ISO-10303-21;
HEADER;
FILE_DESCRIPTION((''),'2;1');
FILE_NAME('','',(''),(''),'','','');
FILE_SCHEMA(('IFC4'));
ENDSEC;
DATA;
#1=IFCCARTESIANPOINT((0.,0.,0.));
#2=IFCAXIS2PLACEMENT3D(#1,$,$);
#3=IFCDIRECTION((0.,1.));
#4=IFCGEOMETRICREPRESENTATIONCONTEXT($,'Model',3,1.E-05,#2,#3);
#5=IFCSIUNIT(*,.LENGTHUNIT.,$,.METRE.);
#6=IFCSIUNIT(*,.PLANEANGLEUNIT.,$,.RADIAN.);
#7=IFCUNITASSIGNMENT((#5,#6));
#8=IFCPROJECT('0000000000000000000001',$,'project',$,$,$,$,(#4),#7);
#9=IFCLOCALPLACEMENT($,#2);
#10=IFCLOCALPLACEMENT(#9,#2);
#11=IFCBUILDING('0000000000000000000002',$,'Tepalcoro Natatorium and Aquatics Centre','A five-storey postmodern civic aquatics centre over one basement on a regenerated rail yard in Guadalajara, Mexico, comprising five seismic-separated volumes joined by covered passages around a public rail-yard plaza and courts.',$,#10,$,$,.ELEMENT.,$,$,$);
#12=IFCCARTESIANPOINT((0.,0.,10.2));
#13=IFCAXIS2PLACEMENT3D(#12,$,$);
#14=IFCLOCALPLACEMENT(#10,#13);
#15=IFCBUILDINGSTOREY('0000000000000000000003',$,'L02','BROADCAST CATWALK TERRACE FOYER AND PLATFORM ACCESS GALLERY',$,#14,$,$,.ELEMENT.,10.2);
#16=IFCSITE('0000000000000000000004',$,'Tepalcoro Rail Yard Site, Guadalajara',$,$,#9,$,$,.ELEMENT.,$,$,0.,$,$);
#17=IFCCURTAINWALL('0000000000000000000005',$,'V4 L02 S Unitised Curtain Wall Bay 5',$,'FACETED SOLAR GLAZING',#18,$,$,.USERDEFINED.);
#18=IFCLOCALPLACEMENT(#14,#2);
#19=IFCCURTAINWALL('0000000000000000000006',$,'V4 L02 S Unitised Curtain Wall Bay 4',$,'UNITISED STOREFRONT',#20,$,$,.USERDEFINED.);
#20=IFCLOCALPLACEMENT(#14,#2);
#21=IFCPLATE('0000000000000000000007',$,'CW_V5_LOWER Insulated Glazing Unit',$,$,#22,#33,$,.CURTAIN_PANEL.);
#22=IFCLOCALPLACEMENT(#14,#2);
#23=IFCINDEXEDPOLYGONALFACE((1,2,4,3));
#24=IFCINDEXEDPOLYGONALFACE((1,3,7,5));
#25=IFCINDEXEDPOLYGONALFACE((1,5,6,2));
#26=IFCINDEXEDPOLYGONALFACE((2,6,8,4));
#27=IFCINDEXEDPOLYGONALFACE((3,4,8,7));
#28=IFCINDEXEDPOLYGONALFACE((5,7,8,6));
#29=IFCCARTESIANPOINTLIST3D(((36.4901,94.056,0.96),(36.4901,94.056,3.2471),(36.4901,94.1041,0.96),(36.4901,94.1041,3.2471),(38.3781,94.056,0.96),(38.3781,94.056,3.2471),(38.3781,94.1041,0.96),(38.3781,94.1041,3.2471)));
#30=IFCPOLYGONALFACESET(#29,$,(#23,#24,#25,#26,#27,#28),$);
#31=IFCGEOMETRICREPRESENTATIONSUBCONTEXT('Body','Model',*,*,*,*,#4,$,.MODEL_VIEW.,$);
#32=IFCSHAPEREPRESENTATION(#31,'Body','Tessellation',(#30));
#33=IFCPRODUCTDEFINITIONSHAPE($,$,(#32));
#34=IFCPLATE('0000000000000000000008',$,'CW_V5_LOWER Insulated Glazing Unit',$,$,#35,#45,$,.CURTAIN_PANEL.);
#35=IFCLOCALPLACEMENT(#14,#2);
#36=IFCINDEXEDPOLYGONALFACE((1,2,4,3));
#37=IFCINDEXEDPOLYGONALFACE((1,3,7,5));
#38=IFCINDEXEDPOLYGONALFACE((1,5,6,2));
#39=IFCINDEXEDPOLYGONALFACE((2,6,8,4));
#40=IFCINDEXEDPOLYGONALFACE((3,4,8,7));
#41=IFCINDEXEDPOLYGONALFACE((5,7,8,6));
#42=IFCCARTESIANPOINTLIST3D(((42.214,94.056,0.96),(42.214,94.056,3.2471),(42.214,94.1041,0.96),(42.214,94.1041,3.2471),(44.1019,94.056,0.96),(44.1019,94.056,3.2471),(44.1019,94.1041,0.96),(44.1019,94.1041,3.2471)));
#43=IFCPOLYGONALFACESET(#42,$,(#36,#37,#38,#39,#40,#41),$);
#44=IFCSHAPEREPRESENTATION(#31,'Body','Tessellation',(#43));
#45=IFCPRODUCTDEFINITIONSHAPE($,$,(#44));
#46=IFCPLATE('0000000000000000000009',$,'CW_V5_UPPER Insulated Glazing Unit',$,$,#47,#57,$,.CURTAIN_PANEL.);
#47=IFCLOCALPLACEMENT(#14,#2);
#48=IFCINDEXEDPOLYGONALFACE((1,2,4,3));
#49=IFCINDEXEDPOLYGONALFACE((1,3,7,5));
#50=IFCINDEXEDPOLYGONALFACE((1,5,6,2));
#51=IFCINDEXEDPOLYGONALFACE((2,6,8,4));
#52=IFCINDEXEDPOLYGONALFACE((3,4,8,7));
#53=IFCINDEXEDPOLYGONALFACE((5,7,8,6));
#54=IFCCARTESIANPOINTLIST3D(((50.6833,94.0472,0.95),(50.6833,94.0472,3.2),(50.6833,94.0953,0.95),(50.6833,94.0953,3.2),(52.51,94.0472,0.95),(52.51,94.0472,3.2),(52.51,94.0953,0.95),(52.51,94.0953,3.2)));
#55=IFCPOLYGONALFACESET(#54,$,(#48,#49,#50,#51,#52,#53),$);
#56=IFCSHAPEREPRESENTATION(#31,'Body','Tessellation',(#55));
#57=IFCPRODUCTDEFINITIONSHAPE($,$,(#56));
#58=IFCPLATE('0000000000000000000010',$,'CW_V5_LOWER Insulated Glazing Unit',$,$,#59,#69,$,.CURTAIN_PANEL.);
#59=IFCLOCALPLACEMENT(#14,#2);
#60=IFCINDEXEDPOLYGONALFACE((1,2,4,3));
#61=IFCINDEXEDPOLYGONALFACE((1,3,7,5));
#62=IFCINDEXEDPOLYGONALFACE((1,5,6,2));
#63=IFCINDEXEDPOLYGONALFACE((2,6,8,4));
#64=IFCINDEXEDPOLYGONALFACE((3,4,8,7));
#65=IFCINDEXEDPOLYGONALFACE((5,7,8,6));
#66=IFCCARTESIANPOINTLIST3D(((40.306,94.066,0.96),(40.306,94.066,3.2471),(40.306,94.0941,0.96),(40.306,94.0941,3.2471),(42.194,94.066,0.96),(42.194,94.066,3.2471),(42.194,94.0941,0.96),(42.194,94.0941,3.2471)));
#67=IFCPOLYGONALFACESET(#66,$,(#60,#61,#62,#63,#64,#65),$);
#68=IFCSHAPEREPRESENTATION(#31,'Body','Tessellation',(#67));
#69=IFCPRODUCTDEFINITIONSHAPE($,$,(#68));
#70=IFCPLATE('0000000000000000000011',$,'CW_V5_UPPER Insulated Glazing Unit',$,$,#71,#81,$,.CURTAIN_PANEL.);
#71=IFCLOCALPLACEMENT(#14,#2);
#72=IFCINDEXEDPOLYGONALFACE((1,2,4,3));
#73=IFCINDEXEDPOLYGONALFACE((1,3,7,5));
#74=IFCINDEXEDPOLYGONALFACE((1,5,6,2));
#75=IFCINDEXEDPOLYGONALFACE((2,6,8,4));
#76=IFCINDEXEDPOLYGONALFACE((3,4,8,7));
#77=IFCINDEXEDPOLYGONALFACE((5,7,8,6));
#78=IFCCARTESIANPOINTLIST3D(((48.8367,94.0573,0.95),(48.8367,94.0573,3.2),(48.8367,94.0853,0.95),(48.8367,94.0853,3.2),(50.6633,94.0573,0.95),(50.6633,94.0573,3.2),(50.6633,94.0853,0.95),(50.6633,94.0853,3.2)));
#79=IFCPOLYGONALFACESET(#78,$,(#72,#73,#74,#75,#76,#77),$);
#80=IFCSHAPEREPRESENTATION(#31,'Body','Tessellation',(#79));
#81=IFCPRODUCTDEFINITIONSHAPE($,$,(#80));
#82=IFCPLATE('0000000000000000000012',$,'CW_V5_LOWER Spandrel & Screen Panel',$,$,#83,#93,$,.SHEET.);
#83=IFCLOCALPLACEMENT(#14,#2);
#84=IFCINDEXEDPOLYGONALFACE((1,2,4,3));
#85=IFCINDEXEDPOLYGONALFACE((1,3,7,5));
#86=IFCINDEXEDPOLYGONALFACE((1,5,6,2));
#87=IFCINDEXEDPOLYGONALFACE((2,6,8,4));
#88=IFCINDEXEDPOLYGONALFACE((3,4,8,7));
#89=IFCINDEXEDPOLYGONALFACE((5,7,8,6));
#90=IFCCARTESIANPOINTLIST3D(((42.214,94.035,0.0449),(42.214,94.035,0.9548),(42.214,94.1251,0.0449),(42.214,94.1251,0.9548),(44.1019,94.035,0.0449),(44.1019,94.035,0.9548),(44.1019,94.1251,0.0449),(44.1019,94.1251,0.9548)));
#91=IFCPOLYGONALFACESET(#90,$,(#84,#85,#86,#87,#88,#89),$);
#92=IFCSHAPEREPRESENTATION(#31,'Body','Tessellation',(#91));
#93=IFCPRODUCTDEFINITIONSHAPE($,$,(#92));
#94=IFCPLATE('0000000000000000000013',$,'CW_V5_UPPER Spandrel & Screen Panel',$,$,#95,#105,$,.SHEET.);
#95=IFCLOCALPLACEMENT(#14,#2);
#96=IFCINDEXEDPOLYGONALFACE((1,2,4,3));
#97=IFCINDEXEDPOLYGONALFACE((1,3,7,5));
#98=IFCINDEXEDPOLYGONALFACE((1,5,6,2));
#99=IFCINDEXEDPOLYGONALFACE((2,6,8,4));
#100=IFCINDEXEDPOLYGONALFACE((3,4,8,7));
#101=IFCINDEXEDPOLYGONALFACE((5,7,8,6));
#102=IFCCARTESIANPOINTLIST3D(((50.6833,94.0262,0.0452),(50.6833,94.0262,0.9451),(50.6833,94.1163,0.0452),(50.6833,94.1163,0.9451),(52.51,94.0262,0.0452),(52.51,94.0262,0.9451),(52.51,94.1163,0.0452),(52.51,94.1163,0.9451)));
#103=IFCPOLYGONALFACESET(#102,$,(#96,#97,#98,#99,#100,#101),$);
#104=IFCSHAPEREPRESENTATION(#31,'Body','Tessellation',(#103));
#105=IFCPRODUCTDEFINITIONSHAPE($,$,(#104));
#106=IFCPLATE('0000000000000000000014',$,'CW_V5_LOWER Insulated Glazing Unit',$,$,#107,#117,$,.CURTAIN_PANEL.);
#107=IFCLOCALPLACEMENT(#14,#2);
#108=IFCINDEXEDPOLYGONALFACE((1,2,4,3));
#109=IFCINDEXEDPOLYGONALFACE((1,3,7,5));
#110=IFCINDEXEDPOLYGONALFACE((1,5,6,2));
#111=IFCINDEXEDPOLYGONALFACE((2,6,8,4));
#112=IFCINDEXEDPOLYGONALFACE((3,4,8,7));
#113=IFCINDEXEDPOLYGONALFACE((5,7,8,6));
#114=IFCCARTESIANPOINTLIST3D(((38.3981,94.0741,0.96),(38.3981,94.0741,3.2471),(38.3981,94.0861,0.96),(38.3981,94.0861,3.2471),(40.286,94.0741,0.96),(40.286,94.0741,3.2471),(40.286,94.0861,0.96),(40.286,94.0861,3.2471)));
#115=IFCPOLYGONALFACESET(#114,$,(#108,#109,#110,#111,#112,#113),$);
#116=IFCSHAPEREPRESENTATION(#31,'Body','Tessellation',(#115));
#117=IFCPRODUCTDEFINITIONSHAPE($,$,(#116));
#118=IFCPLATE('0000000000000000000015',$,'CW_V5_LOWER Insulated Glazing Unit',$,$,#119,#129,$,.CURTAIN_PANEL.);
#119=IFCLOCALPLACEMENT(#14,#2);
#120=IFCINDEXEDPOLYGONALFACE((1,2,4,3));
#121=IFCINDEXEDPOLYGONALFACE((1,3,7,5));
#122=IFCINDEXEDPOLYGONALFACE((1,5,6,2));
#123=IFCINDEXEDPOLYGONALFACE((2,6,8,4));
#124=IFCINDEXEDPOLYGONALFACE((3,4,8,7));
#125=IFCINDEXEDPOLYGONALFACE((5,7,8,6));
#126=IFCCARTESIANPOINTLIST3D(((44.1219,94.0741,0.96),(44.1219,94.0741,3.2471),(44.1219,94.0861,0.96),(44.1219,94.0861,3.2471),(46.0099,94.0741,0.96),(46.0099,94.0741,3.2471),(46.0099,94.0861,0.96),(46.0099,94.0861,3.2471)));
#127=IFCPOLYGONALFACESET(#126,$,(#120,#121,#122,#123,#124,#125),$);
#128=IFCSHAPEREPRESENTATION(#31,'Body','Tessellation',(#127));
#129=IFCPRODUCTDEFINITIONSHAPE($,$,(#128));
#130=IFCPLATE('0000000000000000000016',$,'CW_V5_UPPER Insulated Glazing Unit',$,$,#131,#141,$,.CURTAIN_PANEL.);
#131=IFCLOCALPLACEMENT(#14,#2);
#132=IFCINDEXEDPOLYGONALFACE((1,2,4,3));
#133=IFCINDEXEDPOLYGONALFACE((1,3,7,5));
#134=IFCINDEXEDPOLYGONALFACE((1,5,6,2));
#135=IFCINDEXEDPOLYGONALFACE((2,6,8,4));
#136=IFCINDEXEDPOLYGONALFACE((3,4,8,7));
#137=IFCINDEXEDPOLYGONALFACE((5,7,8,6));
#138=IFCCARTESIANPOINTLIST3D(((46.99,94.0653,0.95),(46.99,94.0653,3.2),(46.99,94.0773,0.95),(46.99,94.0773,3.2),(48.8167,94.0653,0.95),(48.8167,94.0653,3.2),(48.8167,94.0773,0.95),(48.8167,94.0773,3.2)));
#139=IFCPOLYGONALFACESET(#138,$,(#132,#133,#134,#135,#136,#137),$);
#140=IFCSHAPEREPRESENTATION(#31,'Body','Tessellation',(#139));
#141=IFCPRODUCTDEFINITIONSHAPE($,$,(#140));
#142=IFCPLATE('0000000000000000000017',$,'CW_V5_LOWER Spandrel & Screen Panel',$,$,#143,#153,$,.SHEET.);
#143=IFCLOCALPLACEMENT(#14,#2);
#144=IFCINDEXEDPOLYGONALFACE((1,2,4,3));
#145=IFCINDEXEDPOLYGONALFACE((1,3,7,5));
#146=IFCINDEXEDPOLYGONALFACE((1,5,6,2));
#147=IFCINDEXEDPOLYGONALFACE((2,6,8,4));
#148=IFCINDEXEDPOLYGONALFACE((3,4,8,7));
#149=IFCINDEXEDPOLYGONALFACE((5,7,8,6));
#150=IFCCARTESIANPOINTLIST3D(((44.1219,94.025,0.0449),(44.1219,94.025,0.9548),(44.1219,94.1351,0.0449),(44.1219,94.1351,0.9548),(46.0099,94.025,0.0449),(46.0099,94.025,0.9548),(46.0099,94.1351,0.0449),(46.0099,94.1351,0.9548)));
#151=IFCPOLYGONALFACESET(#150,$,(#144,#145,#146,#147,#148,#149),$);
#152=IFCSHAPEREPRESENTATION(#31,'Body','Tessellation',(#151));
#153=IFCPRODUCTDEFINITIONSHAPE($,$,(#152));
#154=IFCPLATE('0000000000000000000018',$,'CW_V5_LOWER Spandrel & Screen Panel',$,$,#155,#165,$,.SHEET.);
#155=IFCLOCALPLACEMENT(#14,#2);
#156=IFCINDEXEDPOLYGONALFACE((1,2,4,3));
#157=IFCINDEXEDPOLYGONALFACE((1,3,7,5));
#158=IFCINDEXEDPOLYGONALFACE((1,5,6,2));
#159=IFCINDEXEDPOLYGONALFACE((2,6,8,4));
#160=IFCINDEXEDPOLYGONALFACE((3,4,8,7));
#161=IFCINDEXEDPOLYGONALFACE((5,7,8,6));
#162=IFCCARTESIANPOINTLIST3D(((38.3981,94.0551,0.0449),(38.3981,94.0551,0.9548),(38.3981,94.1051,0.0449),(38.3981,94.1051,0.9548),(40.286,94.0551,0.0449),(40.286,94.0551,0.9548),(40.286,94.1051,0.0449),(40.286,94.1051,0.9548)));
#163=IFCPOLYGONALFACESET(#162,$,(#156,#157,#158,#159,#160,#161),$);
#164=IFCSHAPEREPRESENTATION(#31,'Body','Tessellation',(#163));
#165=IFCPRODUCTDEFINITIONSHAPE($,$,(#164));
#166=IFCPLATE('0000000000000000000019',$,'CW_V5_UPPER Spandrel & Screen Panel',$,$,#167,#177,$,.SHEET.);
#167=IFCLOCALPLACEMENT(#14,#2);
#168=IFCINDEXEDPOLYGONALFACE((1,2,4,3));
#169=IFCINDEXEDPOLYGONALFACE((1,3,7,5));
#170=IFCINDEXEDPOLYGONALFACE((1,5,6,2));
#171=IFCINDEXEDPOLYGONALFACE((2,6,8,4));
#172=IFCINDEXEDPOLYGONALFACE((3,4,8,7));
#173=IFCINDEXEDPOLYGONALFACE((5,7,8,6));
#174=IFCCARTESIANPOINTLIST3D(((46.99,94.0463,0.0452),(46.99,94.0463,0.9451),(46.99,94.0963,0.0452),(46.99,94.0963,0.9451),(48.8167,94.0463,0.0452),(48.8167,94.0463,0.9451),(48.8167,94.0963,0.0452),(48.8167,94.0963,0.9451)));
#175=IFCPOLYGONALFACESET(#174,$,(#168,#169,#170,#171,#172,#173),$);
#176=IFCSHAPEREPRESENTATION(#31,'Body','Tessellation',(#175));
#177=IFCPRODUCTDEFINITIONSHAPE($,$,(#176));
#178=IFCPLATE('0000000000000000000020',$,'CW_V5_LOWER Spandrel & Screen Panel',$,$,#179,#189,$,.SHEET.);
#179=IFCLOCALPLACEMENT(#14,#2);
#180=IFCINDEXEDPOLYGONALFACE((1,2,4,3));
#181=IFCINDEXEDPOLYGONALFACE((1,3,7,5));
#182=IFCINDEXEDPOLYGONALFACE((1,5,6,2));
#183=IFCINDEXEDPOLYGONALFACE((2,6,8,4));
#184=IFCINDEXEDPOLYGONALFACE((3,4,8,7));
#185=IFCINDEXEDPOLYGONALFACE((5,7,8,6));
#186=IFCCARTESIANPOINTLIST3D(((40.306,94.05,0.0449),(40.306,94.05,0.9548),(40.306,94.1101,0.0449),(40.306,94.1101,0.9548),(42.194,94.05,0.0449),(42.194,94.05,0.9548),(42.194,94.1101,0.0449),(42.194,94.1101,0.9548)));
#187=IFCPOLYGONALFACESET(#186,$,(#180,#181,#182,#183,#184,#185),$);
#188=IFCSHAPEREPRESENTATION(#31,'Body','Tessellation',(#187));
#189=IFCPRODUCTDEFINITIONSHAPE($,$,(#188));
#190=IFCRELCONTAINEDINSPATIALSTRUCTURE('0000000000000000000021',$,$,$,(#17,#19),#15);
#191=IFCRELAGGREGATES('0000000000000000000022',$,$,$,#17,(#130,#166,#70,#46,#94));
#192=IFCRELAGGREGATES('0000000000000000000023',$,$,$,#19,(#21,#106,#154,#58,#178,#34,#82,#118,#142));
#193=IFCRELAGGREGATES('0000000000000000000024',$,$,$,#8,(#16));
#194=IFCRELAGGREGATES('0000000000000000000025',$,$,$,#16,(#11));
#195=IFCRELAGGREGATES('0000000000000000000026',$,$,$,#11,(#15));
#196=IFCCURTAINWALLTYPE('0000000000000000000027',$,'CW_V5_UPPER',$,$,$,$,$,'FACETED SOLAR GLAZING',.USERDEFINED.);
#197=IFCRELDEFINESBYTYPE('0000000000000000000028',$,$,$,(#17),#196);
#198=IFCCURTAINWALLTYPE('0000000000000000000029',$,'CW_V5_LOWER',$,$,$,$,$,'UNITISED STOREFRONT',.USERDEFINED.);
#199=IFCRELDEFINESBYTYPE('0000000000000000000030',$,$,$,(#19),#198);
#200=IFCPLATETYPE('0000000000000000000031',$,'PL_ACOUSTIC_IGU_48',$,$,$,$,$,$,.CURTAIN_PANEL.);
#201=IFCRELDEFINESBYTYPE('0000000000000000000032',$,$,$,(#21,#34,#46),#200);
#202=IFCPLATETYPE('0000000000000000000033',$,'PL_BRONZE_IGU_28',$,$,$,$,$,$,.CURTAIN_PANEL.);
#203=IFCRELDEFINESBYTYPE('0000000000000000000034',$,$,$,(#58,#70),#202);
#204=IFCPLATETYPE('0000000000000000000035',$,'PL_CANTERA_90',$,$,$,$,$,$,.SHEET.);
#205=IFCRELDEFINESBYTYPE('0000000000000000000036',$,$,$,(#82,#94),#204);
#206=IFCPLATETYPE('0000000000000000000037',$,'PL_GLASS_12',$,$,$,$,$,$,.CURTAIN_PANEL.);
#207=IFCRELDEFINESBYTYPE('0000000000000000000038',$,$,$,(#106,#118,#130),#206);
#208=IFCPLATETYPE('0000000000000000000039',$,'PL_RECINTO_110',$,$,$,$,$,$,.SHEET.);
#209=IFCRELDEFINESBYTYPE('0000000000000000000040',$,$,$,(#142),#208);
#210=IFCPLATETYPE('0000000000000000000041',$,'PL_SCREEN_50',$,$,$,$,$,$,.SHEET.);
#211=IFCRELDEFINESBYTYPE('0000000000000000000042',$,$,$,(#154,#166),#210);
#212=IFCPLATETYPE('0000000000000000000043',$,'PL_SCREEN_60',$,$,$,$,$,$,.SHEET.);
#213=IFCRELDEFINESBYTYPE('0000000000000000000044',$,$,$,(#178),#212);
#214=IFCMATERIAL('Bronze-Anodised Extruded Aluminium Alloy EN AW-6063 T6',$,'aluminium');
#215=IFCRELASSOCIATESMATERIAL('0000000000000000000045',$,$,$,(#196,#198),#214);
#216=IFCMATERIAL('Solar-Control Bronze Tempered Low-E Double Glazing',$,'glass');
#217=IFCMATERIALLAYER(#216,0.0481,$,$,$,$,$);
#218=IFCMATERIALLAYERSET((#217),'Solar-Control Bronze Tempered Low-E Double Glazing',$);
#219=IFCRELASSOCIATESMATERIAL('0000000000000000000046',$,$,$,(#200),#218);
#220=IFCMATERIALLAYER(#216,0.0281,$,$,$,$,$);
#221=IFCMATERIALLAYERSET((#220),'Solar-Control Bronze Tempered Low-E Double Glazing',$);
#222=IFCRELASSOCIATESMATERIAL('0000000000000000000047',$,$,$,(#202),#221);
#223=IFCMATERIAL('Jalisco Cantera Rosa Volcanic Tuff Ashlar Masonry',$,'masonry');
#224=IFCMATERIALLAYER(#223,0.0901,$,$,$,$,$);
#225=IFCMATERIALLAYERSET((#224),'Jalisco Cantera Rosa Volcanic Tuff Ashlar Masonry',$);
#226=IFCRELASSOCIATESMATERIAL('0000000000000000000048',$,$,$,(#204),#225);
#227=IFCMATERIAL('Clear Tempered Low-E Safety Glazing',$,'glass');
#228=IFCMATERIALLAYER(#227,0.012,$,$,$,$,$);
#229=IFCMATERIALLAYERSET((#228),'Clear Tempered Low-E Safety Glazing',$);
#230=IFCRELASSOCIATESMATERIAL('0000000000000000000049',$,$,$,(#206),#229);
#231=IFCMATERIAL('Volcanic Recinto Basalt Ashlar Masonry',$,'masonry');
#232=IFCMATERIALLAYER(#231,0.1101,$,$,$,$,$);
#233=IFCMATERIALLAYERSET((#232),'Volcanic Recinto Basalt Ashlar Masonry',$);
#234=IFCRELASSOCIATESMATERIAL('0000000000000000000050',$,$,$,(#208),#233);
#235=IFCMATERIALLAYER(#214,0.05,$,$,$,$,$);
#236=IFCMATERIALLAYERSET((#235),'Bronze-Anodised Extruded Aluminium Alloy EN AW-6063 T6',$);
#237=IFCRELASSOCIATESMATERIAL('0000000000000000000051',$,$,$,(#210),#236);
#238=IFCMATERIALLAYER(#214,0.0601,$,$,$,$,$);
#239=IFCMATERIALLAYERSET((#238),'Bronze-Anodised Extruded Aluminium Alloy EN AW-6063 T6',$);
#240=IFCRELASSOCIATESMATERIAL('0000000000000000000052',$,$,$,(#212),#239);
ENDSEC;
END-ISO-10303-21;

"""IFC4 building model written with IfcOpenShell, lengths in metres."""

from ifc_helpers import new_model, si_unit, direction, frame, origin, origin_2d, place, context, subcontext, project, spatial, rectangle, extrude, material, layer, layer_set, type_object, element, aggregate, save


model = new_model("IFC4")

# Units and contexts
model_context = context("Model", 3, precision=1e-05, world=origin(), true_north=direction((0.0, 1.0)))
body_context = subcontext(model_context, "Body", "Model", "MODEL_VIEW")
ifc_project = project(units=[si_unit("LENGTHUNIT", "METRE"), si_unit("PLANEANGLEUNIT", "RADIAN")], contexts=[model_context])

# Site, building, storey
site_placement = place(None, origin())
site = spatial("IfcSite", under=ifc_project, at=site_placement, Name="Tepalcoro Rail Yard Site, Guadalajara", CompositionType="ELEMENT", RefElevation=0.0)
building_placement = place(site_placement, origin())
building = spatial("IfcBuilding", under=site, at=building_placement, Name="Tepalcoro Natatorium and Aquatics Centre", Description="A five-storey postmodern civic aquatics centre over one basement on a regenerated rail yard in Guadalajara, Mexico, comprising five seismic-separated volumes joined by covered passages around a public rail-yard plaza and courts.", CompositionType="ELEMENT")
storey_placement = place(building_placement, frame((0.0, 0.0, 10.2)))
storey = spatial("IfcBuildingStorey", under=building, at=storey_placement, Name="L02", Description="BROADCAST CATWALK TERRACE FOYER AND PLATFORM ACCESS GALLERY", CompositionType="ELEMENT", Elevation=10.2)

# Curtain walls
ifc_material_1 = material(Name="Bronze-Anodised Extruded Aluminium Alloy EN AW-6063 T6", Category="aluminium")
curtain_wall_type_1 = type_object("IfcCurtainWallType", Name="CW_V5_UPPER", ElementType="FACETED SOLAR GLAZING", PredefinedType="USERDEFINED", material=ifc_material_1)
curtain_wall_1_placement = place(storey_placement, origin())
curtain_wall_1 = element("IfcCurtainWall", 1, at=curtain_wall_1_placement, inside=storey, type_object=curtain_wall_type_1, Name="V4 L02 S Unitised Curtain Wall Bay 5", ObjectType="FACETED SOLAR GLAZING", PredefinedType="USERDEFINED")
curtain_wall_type_2 = type_object("IfcCurtainWallType", Name="CW_V5_LOWER", ElementType="UNITISED STOREFRONT", PredefinedType="USERDEFINED", material=ifc_material_1)
curtain_wall_2_placement = place(storey_placement, origin())
curtain_wall_2 = element("IfcCurtainWall", 2, at=curtain_wall_2_placement, inside=storey, type_object=curtain_wall_type_2, Name="V4 L02 S Unitised Curtain Wall Bay 4", ObjectType="UNITISED STOREFRONT", PredefinedType="USERDEFINED")

# Plates
ifc_material_2 = material(Name="Solar-Control Bronze Tempered Low-E Double Glazing", Category="glass")
ifc_layer_1 = layer(ifc_material_2, 0.0481)
ifc_layer_set_1 = layer_set([ifc_layer_1], Name="Solar-Control Bronze Tempered Low-E Double Glazing")
plate_type_1 = type_object("IfcPlateType", Name="PL_ACOUSTIC_IGU_48", PredefinedType="CURTAIN_PANEL", material=ifc_layer_set_1)
plate_1_placement = place(storey_placement, frame((37.4341, 94.0801, 0.96), z_axis=(0.0, 0.0, 1.0), x_axis=(1.0, 0.0, 0.0)))
plate_1 = element("IfcPlate", 3, at=plate_1_placement, type_object=plate_type_1, Name="CW_V5_LOWER Insulated Glazing Unit", PredefinedType="CURTAIN_PANEL", context=body_context, shape_type="SweptSolid", body=[
    extrude(rectangle(XDim=1.8879, YDim=0.0481, at=origin_2d()), origin(), (0.0, 0.0, 1.0), 2.2871),
])
plate_2_placement = place(storey_placement, frame((43.158, 94.0801, 0.96), z_axis=(0.0, 0.0, 1.0), x_axis=(1.0, 0.0, 0.0)))
plate_2 = element("IfcPlate", 4, at=plate_2_placement, type_object=plate_type_1, Name="CW_V5_LOWER Insulated Glazing Unit", PredefinedType="CURTAIN_PANEL", context=body_context, shape_type="SweptSolid", body=[
    extrude(rectangle(XDim=1.8879, YDim=0.0481, at=origin_2d()), origin(), (0.0, 0.0, 1.0), 2.2871),
])
plate_3_placement = place(storey_placement, frame((51.5967, 94.0713, 0.95), z_axis=(0.0, 0.0, 1.0), x_axis=(1.0, 0.0, 0.0)))
plate_3 = element("IfcPlate", 5, at=plate_3_placement, type_object=plate_type_1, Name="CW_V5_UPPER Insulated Glazing Unit", PredefinedType="CURTAIN_PANEL", context=body_context, shape_type="SweptSolid", body=[
    extrude(rectangle(XDim=1.8267, YDim=0.0481, at=origin_2d()), origin(), (0.0, 0.0, 1.0), 2.25),
])
ifc_layer_2 = layer(ifc_material_2, 0.0281)
ifc_layer_set_2 = layer_set([ifc_layer_2], Name="Solar-Control Bronze Tempered Low-E Double Glazing")
plate_type_2 = type_object("IfcPlateType", Name="PL_BRONZE_IGU_28", PredefinedType="CURTAIN_PANEL", material=ifc_layer_set_2)
plate_4_placement = place(storey_placement, frame((41.25, 94.0801, 0.96), z_axis=(0.0, 0.0, 1.0), x_axis=(1.0, 0.0, 0.0)))
plate_4 = element("IfcPlate", 6, at=plate_4_placement, type_object=plate_type_2, Name="CW_V5_LOWER Insulated Glazing Unit", PredefinedType="CURTAIN_PANEL", context=body_context, shape_type="SweptSolid", body=[
    extrude(rectangle(XDim=1.8879, YDim=0.0281, at=origin_2d()), origin(), (0.0, 0.0, 1.0), 2.2871),
])
plate_5_placement = place(storey_placement, frame((49.75, 94.0713, 0.95), z_axis=(0.0, 0.0, 1.0), x_axis=(1.0, 0.0, 0.0)))
plate_5 = element("IfcPlate", 7, at=plate_5_placement, type_object=plate_type_2, Name="CW_V5_UPPER Insulated Glazing Unit", PredefinedType="CURTAIN_PANEL", context=body_context, shape_type="SweptSolid", body=[
    extrude(rectangle(XDim=1.8267, YDim=0.0281, at=origin_2d()), origin(), (0.0, 0.0, 1.0), 2.25),
])
ifc_material_3 = material(Name="Jalisco Cantera Rosa Volcanic Tuff Ashlar Masonry", Category="masonry")
ifc_layer_3 = layer(ifc_material_3, 0.0901)
ifc_layer_set_3 = layer_set([ifc_layer_3], Name="Jalisco Cantera Rosa Volcanic Tuff Ashlar Masonry")
plate_type_3 = type_object("IfcPlateType", Name="PL_CANTERA_90", PredefinedType="SHEET", material=ifc_layer_set_3)
plate_6_placement = place(storey_placement, frame((43.158, 94.0801, 0.0449), z_axis=(0.0, 0.0, 1.0), x_axis=(1.0, 0.0, 0.0)))
plate_6 = element("IfcPlate", 8, at=plate_6_placement, type_object=plate_type_3, Name="CW_V5_LOWER Spandrel & Screen Panel", PredefinedType="SHEET", context=body_context, shape_type="SweptSolid", body=[
    extrude(rectangle(XDim=1.8879, YDim=0.0901, at=origin_2d()), origin(), (0.0, 0.0, 1.0), 0.9099),
])
plate_7_placement = place(storey_placement, frame((51.5967, 94.0713, 0.0452), z_axis=(0.0, 0.0, 1.0), x_axis=(1.0, 0.0, 0.0)))
plate_7 = element("IfcPlate", 9, at=plate_7_placement, type_object=plate_type_3, Name="CW_V5_UPPER Spandrel & Screen Panel", PredefinedType="SHEET", context=body_context, shape_type="SweptSolid", body=[
    extrude(rectangle(XDim=1.8267, YDim=0.0901, at=origin_2d()), origin(), (0.0, 0.0, 1.0), 0.8999),
])
ifc_material_4 = material(Name="Clear Tempered Low-E Safety Glazing", Category="glass")
ifc_layer_4 = layer(ifc_material_4, 0.012)
ifc_layer_set_4 = layer_set([ifc_layer_4], Name="Clear Tempered Low-E Safety Glazing")
plate_type_4 = type_object("IfcPlateType", Name="PL_GLASS_12", PredefinedType="CURTAIN_PANEL", material=ifc_layer_set_4)
plate_8_placement = place(storey_placement, frame((39.342, 94.0801, 0.96), z_axis=(0.0, 0.0, 1.0), x_axis=(1.0, 0.0, 0.0)))
plate_8 = element("IfcPlate", 10, at=plate_8_placement, type_object=plate_type_4, Name="CW_V5_LOWER Insulated Glazing Unit", PredefinedType="CURTAIN_PANEL", context=body_context, shape_type="SweptSolid", body=[
    extrude(rectangle(XDim=1.8879, YDim=0.012, at=origin_2d()), origin(), (0.0, 0.0, 1.0), 2.2871),
])
plate_9_placement = place(storey_placement, frame((45.0659, 94.0801, 0.96), z_axis=(0.0, 0.0, 1.0), x_axis=(1.0, 0.0, 0.0)))
plate_9 = element("IfcPlate", 11, at=plate_9_placement, type_object=plate_type_4, Name="CW_V5_LOWER Insulated Glazing Unit", PredefinedType="CURTAIN_PANEL", context=body_context, shape_type="SweptSolid", body=[
    extrude(rectangle(XDim=1.8879, YDim=0.012, at=origin_2d()), origin(), (0.0, 0.0, 1.0), 2.2871),
])
plate_10_placement = place(storey_placement, frame((47.9033, 94.0713, 0.95), z_axis=(0.0, 0.0, 1.0), x_axis=(1.0, 0.0, 0.0)))
plate_10 = element("IfcPlate", 12, at=plate_10_placement, type_object=plate_type_4, Name="CW_V5_UPPER Insulated Glazing Unit", PredefinedType="CURTAIN_PANEL", context=body_context, shape_type="SweptSolid", body=[
    extrude(rectangle(XDim=1.8267, YDim=0.012, at=origin_2d()), origin(), (0.0, 0.0, 1.0), 2.25),
])
ifc_material_5 = material(Name="Volcanic Recinto Basalt Ashlar Masonry", Category="masonry")
ifc_layer_5 = layer(ifc_material_5, 0.1101)
ifc_layer_set_5 = layer_set([ifc_layer_5], Name="Volcanic Recinto Basalt Ashlar Masonry")
plate_type_5 = type_object("IfcPlateType", Name="PL_RECINTO_110", PredefinedType="SHEET", material=ifc_layer_set_5)
plate_11_placement = place(storey_placement, frame((45.0659, 94.0801, 0.0449), z_axis=(0.0, 0.0, 1.0), x_axis=(1.0, 0.0, 0.0)))
plate_11 = element("IfcPlate", 13, at=plate_11_placement, type_object=plate_type_5, Name="CW_V5_LOWER Spandrel & Screen Panel", PredefinedType="SHEET", context=body_context, shape_type="SweptSolid", body=[
    extrude(rectangle(XDim=1.8879, YDim=0.1101, at=origin_2d()), origin(), (0.0, 0.0, 1.0), 0.9099),
])
ifc_layer_6 = layer(ifc_material_1, 0.05)
ifc_layer_set_6 = layer_set([ifc_layer_6], Name="Bronze-Anodised Extruded Aluminium Alloy EN AW-6063 T6")
plate_type_6 = type_object("IfcPlateType", Name="PL_SCREEN_50", PredefinedType="SHEET", material=ifc_layer_set_6)
plate_12_placement = place(storey_placement, frame((39.342, 94.0801, 0.0449), z_axis=(0.0, 0.0, 1.0), x_axis=(1.0, 0.0, 0.0)))
plate_12 = element("IfcPlate", 14, at=plate_12_placement, type_object=plate_type_6, Name="CW_V5_LOWER Spandrel & Screen Panel", PredefinedType="SHEET", context=body_context, shape_type="SweptSolid", body=[
    extrude(rectangle(XDim=1.8879, YDim=0.05, at=origin_2d()), origin(), (0.0, 0.0, 1.0), 0.9099),
])
plate_13_placement = place(storey_placement, frame((47.9033, 94.0713, 0.0452), z_axis=(0.0, 0.0, 1.0), x_axis=(1.0, 0.0, 0.0)))
plate_13 = element("IfcPlate", 15, at=plate_13_placement, type_object=plate_type_6, Name="CW_V5_UPPER Spandrel & Screen Panel", PredefinedType="SHEET", context=body_context, shape_type="SweptSolid", body=[
    extrude(rectangle(XDim=1.8267, YDim=0.05, at=origin_2d()), origin(), (0.0, 0.0, 1.0), 0.8999),
])
ifc_layer_7 = layer(ifc_material_1, 0.0601)
ifc_layer_set_7 = layer_set([ifc_layer_7], Name="Bronze-Anodised Extruded Aluminium Alloy EN AW-6063 T6")
plate_type_7 = type_object("IfcPlateType", Name="PL_SCREEN_60", PredefinedType="SHEET", material=ifc_layer_set_7)
plate_14_placement = place(storey_placement, frame((41.25, 94.0801, 0.0449), z_axis=(0.0, 0.0, 1.0), x_axis=(1.0, 0.0, 0.0)))
plate_14 = element("IfcPlate", 16, at=plate_14_placement, type_object=plate_type_7, Name="CW_V5_LOWER Spandrel & Screen Panel", PredefinedType="SHEET", context=body_context, shape_type="SweptSolid", body=[
    extrude(rectangle(XDim=1.8879, YDim=0.0601, at=origin_2d()), origin(), (0.0, 0.0, 1.0), 0.9099),
])
aggregate(curtain_wall_1, [plate_10, plate_13, plate_5, plate_3, plate_7])
aggregate(curtain_wall_2, [plate_1, plate_8, plate_12, plate_4, plate_14, plate_2, plate_6, plate_9, plate_11])

save(model, "model.ifc")
